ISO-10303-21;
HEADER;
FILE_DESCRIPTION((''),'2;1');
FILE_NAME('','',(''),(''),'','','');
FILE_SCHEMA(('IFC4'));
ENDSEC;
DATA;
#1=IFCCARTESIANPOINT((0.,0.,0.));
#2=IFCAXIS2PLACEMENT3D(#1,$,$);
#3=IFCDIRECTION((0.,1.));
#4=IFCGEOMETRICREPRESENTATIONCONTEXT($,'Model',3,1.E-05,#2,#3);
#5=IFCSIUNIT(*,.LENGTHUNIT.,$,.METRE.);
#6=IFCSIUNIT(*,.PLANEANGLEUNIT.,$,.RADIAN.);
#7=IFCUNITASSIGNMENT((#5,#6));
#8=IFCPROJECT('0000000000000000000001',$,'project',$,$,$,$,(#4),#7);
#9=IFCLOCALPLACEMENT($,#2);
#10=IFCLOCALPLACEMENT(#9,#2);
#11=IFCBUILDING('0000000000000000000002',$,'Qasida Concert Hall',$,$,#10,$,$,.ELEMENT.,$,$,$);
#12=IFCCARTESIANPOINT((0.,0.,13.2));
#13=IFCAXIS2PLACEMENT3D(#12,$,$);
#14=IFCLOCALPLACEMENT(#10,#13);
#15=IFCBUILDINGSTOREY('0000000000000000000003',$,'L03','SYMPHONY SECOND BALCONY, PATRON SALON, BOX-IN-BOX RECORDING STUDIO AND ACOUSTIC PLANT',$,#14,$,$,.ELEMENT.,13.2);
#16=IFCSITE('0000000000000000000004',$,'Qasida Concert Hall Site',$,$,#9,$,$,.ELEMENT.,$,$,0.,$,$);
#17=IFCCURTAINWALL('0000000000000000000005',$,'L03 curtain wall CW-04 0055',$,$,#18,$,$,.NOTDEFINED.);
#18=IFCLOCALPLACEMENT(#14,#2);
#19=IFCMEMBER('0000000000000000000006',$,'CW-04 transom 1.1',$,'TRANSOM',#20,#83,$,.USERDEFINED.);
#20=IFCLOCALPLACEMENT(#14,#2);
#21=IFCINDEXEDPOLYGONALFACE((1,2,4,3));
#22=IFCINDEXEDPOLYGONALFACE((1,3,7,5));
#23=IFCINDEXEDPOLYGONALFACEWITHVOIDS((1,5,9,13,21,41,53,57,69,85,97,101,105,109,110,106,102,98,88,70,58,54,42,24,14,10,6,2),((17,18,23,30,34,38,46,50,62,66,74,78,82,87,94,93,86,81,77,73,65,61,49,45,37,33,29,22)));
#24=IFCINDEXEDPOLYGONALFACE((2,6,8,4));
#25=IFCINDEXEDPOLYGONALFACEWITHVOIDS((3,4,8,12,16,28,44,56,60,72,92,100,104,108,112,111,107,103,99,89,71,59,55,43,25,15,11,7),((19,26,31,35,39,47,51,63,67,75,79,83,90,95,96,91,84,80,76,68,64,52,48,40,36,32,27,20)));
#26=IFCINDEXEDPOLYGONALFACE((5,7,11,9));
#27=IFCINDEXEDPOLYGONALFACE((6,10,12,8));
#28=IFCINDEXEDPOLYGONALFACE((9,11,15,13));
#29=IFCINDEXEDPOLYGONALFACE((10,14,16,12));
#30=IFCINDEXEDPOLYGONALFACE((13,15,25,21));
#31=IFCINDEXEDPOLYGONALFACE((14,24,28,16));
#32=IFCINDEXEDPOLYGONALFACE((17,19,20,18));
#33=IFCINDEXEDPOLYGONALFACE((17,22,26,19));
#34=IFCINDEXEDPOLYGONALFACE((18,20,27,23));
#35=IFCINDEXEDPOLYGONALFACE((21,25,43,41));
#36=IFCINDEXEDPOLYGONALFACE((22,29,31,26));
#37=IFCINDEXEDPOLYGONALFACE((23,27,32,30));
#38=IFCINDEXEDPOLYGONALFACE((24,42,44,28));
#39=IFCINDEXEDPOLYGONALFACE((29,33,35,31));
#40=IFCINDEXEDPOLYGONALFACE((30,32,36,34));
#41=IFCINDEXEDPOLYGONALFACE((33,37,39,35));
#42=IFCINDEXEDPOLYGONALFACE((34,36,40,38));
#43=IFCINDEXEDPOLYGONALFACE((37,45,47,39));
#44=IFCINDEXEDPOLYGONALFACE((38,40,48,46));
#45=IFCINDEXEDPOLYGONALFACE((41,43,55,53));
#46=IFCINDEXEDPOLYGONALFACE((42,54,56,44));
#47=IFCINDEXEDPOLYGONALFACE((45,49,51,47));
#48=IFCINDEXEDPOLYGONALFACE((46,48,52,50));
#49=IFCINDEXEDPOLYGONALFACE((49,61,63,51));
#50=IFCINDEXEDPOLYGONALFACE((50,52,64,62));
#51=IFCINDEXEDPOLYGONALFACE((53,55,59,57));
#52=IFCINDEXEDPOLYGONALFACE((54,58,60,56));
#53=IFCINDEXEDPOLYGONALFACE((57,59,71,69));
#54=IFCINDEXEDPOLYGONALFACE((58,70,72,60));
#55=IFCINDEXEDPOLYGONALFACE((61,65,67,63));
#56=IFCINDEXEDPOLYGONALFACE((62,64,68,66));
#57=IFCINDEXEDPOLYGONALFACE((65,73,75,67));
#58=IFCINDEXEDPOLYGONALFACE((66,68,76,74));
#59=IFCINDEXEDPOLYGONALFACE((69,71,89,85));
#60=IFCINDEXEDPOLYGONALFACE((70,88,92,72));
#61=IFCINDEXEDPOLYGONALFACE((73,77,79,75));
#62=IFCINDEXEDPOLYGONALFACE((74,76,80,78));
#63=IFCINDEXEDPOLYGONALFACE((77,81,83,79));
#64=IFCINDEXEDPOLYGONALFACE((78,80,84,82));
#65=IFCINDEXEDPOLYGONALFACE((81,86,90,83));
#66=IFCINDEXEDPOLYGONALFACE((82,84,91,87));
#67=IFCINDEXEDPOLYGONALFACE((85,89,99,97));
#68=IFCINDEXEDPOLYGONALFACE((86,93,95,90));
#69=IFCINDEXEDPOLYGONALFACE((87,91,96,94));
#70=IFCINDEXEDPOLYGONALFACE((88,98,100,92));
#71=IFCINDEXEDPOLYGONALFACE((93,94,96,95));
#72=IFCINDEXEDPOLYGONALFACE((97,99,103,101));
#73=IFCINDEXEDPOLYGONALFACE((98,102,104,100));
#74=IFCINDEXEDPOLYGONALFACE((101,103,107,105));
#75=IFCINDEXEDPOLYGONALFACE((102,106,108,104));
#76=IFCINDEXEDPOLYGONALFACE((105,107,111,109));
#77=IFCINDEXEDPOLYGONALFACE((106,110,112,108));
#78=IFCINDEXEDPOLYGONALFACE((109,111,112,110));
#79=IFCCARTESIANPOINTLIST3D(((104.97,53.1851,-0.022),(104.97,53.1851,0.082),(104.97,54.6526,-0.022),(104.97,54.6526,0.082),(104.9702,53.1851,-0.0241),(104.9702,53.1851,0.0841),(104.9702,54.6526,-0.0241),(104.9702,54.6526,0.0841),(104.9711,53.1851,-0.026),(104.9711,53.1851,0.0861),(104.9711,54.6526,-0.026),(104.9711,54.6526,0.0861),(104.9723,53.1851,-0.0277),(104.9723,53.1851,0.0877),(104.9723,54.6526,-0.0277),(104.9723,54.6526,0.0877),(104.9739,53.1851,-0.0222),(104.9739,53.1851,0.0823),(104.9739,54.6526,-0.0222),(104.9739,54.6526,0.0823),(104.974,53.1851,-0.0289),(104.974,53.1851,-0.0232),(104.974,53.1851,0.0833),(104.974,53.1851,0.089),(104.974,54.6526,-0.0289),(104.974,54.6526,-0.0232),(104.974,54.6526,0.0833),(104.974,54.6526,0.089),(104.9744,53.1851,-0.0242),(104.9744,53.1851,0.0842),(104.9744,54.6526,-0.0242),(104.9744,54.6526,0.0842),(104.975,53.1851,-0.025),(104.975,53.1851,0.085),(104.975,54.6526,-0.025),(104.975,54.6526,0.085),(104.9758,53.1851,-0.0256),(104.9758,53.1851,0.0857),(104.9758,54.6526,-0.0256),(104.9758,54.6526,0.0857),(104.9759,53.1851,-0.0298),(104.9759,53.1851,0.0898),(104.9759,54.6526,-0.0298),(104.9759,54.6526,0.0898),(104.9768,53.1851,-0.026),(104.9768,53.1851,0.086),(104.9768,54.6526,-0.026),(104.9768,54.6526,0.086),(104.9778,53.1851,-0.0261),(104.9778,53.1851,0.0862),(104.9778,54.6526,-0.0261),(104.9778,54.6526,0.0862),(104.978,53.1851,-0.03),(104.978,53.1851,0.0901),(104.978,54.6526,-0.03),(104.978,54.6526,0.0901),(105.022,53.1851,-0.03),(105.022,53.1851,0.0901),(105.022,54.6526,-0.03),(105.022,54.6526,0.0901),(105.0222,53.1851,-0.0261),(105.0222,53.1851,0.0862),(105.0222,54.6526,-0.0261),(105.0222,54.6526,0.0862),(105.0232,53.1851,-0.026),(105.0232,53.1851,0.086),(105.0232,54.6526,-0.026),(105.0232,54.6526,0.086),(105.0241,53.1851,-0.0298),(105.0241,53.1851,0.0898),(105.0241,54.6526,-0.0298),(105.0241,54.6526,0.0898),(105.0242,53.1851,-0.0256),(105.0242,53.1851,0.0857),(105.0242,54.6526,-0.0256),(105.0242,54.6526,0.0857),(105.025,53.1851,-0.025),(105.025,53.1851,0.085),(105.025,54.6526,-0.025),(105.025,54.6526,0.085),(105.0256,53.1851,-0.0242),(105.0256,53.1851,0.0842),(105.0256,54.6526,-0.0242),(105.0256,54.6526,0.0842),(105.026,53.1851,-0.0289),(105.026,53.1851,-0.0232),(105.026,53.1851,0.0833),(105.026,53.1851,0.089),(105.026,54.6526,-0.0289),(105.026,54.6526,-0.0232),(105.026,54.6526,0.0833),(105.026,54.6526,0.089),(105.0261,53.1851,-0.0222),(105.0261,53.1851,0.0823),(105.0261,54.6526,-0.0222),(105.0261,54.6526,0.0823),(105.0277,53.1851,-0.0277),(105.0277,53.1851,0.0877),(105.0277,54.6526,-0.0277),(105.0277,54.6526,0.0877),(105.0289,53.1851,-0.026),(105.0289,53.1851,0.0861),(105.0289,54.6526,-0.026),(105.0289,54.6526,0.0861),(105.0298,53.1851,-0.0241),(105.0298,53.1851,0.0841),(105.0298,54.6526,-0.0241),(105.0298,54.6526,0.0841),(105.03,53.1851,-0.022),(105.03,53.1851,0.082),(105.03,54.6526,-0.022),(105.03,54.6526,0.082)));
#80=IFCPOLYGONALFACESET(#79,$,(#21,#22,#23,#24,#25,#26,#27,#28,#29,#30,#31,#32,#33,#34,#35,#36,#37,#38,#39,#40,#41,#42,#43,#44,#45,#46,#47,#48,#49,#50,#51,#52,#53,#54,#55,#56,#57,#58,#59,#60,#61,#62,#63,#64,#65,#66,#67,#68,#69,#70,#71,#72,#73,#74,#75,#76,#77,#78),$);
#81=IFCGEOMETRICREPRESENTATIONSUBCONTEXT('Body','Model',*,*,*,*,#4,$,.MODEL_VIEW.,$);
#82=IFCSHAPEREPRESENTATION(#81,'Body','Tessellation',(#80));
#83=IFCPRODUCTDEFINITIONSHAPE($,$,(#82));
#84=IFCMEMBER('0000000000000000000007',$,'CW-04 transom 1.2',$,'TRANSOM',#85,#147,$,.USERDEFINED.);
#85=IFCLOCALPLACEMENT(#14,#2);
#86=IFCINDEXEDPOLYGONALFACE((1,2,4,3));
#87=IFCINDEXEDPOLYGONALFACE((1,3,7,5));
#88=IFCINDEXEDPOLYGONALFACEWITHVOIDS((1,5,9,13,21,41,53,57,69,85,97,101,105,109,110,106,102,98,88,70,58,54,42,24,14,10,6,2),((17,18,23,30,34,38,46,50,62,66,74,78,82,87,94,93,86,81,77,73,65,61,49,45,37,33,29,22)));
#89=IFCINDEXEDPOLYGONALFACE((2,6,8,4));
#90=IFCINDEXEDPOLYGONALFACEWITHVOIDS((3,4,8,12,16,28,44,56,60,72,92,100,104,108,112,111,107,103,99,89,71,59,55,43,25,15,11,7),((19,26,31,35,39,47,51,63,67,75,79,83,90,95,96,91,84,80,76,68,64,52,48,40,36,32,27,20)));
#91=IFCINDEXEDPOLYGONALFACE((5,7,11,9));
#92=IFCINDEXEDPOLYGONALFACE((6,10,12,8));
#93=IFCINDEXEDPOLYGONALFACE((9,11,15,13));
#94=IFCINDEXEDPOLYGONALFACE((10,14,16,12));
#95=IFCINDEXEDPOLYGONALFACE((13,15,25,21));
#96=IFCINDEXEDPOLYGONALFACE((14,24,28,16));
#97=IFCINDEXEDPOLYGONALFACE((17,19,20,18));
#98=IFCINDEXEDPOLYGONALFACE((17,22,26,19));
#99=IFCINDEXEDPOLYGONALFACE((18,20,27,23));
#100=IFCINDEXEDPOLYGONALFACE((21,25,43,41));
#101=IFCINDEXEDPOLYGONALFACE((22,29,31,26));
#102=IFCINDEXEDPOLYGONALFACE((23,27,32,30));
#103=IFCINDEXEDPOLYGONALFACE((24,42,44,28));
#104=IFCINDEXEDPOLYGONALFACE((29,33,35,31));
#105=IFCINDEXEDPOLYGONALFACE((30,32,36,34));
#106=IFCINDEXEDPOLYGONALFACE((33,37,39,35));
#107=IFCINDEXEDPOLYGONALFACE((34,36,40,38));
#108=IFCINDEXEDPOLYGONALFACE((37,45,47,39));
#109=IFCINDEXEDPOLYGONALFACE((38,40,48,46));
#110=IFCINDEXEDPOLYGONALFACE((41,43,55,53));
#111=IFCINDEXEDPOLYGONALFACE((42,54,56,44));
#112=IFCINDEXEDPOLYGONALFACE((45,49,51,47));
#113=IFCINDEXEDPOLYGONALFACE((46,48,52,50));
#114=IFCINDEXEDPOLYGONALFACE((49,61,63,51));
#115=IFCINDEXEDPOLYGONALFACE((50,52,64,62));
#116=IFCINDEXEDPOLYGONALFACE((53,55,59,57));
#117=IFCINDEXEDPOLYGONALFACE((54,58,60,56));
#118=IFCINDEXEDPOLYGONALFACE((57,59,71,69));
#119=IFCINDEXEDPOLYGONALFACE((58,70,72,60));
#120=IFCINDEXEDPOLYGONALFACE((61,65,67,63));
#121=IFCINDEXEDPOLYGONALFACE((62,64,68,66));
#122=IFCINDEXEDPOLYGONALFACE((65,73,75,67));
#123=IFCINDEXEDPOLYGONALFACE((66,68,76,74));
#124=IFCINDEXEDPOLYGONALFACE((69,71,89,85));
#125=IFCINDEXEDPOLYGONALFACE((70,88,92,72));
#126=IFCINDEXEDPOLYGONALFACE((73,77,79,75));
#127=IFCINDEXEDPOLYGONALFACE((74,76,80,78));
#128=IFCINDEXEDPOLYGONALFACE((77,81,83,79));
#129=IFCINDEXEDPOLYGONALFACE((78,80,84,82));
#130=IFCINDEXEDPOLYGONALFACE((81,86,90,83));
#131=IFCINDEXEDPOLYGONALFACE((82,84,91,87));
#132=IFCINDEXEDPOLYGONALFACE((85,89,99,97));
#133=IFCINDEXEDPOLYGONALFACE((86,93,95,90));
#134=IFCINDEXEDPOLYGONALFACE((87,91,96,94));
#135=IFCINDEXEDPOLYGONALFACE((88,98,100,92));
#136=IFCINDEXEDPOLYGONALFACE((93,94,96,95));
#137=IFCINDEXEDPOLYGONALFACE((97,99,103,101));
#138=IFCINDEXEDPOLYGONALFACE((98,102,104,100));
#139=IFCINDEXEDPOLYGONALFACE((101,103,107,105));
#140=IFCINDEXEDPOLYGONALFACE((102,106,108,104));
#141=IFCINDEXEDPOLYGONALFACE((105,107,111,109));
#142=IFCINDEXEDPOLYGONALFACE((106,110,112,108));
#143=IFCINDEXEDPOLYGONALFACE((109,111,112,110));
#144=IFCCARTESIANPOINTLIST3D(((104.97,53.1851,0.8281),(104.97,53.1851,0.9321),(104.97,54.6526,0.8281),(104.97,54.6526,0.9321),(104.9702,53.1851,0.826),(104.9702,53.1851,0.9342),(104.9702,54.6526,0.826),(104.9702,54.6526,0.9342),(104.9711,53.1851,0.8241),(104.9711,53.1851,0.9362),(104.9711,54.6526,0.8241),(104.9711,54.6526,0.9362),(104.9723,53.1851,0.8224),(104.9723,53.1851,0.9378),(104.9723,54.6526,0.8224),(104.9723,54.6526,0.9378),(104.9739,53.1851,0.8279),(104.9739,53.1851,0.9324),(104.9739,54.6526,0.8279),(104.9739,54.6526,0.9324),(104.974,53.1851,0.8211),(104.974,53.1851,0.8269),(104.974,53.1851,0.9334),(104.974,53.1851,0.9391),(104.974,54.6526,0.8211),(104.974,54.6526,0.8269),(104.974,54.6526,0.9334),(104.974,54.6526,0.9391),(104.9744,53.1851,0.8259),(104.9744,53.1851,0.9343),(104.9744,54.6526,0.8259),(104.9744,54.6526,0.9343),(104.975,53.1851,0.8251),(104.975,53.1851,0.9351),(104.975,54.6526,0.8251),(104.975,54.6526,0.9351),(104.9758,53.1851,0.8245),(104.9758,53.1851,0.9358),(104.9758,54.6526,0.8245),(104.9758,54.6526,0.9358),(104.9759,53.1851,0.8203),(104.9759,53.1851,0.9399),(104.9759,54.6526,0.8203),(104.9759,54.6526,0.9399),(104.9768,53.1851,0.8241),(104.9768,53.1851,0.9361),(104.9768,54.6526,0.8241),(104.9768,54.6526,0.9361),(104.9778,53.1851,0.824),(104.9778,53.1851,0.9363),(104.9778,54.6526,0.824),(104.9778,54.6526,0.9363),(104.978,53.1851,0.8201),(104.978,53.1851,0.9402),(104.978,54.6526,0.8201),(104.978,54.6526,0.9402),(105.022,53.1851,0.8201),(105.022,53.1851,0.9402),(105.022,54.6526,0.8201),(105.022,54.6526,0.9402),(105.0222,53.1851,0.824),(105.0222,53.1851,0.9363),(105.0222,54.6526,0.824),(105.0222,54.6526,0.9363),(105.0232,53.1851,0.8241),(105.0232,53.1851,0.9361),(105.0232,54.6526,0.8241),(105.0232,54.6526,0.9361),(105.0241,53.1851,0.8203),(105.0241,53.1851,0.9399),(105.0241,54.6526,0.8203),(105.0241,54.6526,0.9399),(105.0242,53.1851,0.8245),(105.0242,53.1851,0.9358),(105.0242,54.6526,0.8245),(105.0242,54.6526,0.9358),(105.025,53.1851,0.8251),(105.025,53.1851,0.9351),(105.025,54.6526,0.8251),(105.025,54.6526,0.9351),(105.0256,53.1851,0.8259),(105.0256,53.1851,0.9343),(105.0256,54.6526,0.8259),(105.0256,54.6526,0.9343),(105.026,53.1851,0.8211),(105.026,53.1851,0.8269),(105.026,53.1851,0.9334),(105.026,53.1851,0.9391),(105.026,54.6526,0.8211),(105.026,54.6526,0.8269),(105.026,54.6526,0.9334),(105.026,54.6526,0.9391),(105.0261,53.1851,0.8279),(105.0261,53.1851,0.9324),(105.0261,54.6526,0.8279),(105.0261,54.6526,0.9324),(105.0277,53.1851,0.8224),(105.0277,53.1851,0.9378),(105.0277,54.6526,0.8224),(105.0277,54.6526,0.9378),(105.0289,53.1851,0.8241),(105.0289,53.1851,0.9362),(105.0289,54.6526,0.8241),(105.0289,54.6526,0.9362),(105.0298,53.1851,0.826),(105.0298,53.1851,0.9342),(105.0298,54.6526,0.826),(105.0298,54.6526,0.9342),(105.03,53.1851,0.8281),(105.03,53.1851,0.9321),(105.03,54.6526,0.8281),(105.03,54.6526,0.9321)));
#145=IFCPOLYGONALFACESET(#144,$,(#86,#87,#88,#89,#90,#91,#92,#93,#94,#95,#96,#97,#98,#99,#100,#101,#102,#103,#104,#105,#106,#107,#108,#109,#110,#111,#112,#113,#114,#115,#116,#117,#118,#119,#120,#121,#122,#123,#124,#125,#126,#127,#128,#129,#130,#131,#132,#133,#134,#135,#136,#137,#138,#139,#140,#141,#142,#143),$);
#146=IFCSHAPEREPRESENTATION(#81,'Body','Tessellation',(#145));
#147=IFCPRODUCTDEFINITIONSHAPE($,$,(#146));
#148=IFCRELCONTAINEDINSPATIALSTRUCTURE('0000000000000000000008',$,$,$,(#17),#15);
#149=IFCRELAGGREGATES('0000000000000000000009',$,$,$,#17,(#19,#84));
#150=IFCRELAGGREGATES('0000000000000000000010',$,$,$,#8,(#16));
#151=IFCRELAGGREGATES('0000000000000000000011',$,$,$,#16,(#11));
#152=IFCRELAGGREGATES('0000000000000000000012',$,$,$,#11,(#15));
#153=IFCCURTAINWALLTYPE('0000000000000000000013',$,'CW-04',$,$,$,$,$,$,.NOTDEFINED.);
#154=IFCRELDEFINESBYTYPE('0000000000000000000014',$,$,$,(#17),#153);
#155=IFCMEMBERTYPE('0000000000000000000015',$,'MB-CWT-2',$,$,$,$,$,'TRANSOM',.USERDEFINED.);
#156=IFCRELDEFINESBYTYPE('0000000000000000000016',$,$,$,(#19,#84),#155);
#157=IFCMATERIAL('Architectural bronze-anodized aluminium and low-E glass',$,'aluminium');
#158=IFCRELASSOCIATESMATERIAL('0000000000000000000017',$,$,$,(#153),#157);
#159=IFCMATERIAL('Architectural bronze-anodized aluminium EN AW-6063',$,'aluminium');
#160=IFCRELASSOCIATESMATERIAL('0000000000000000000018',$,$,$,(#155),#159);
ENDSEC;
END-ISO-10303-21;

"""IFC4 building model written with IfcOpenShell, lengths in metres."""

from ifc_helpers import new_model, si_unit, direction, frame, origin, origin_2d, place, context, subcontext, project, spatial, hollow_rectangle, extrude, material, material_profile, profile_set, type_object, element, aggregate, save


model = new_model("IFC4")

# Units and contexts
model_context = context("Model", 3, precision=1e-05, world=origin(), true_north=direction((0.0, 1.0)))
body_context = subcontext(model_context, "Body", "Model", "MODEL_VIEW")
ifc_project = project(units=[si_unit("LENGTHUNIT", "METRE"), si_unit("PLANEANGLEUNIT", "RADIAN")], contexts=[model_context])

# Site, building, storey
site_placement = place(None, origin())
site = spatial("IfcSite", under=ifc_project, at=site_placement, Name="Qasida Concert Hall Site", CompositionType="ELEMENT", RefElevation=0.0)
building_placement = place(site_placement, origin())
building = spatial("IfcBuilding", under=site, at=building_placement, Name="Qasida Concert Hall", CompositionType="ELEMENT")
storey_placement = place(building_placement, frame((0.0, 0.0, 13.2)))
storey = spatial("IfcBuildingStorey", under=building, at=storey_placement, Name="L03", Description="SYMPHONY SECOND BALCONY, PATRON SALON, BOX-IN-BOX RECORDING STUDIO AND ACOUSTIC PLANT", CompositionType="ELEMENT", Elevation=13.2)

# Shared definitions
ifc_material_1 = material(Name="Architectural bronze-anodized aluminium and low-E glass", Category="aluminium")
curtain_wall_type = type_object("IfcCurtainWallType", Name="CW-04", PredefinedType="NOTDEFINED", material=ifc_material_1)
ifc_material_2 = material(Name="Architectural bronze-anodized aluminium EN AW-6063", Category="aluminium")

# Curtain wall
curtain_wall_1_placement = place(storey_placement, origin())
curtain_wall_1 = element("IfcCurtainWall", 1, at=curtain_wall_1_placement, inside=storey, type_object=curtain_wall_type, Name="L03 curtain wall CW-04 0055", PredefinedType="NOTDEFINED")

# Members
ifc_material_profile_1 = material_profile(ifc_material_2, hollow_rectangle(XDim=0.0601, YDim=0.1201, WallThickness=0.0039, InnerFilletRadius=0.0039, OuterFilletRadius=0.0081, at=origin_2d()), Name="CWT 120x60x4")
ifc_profile_set_1 = profile_set([ifc_material_profile_1], Name="Architectural bronze-anodized aluminium EN AW-6063")
member_type_1 = type_object("IfcMemberType", Name="MB-CWT-2", ElementType="TRANSOM", PredefinedType="USERDEFINED", material=ifc_profile_set_1)
member_1_placement = place(storey_placement, frame((105.0, 53.1851, 0.03), z_axis=(0.0, 1.0, 0.0), x_axis=(-1.0, 0.0, 0.0)))
member_1 = element("IfcMember", 2, at=member_1_placement, type_object=member_type_1, Name="CW-04 transom 1.1", ObjectType="TRANSOM", PredefinedType="USERDEFINED", context=body_context, shape_type="SweptSolid", body=[
    extrude(hollow_rectangle(XDim=0.0601, YDim=0.1201, WallThickness=0.0039, InnerFilletRadius=0.0039, OuterFilletRadius=0.0081, at=origin_2d()), origin(), (0.0, 0.0, 1.0), 1.4675),
])
member_2_placement = place(storey_placement, frame((105.0, 53.1851, 0.8801), z_axis=(0.0, 1.0, 0.0), x_axis=(-1.0, 0.0, 0.0)))
member_2 = element("IfcMember", 3, at=member_2_placement, type_object=member_type_1, Name="CW-04 transom 1.2", ObjectType="TRANSOM", PredefinedType="USERDEFINED", context=body_context, shape_type="SweptSolid", body=[
    extrude(hollow_rectangle(XDim=0.0601, YDim=0.1201, WallThickness=0.0039, InnerFilletRadius=0.0039, OuterFilletRadius=0.0081, at=origin_2d()), origin(), (0.0, 0.0, 1.0), 1.4675),
])
aggregate(curtain_wall_1, [member_1, member_2])

save(model, "model.ifc")
